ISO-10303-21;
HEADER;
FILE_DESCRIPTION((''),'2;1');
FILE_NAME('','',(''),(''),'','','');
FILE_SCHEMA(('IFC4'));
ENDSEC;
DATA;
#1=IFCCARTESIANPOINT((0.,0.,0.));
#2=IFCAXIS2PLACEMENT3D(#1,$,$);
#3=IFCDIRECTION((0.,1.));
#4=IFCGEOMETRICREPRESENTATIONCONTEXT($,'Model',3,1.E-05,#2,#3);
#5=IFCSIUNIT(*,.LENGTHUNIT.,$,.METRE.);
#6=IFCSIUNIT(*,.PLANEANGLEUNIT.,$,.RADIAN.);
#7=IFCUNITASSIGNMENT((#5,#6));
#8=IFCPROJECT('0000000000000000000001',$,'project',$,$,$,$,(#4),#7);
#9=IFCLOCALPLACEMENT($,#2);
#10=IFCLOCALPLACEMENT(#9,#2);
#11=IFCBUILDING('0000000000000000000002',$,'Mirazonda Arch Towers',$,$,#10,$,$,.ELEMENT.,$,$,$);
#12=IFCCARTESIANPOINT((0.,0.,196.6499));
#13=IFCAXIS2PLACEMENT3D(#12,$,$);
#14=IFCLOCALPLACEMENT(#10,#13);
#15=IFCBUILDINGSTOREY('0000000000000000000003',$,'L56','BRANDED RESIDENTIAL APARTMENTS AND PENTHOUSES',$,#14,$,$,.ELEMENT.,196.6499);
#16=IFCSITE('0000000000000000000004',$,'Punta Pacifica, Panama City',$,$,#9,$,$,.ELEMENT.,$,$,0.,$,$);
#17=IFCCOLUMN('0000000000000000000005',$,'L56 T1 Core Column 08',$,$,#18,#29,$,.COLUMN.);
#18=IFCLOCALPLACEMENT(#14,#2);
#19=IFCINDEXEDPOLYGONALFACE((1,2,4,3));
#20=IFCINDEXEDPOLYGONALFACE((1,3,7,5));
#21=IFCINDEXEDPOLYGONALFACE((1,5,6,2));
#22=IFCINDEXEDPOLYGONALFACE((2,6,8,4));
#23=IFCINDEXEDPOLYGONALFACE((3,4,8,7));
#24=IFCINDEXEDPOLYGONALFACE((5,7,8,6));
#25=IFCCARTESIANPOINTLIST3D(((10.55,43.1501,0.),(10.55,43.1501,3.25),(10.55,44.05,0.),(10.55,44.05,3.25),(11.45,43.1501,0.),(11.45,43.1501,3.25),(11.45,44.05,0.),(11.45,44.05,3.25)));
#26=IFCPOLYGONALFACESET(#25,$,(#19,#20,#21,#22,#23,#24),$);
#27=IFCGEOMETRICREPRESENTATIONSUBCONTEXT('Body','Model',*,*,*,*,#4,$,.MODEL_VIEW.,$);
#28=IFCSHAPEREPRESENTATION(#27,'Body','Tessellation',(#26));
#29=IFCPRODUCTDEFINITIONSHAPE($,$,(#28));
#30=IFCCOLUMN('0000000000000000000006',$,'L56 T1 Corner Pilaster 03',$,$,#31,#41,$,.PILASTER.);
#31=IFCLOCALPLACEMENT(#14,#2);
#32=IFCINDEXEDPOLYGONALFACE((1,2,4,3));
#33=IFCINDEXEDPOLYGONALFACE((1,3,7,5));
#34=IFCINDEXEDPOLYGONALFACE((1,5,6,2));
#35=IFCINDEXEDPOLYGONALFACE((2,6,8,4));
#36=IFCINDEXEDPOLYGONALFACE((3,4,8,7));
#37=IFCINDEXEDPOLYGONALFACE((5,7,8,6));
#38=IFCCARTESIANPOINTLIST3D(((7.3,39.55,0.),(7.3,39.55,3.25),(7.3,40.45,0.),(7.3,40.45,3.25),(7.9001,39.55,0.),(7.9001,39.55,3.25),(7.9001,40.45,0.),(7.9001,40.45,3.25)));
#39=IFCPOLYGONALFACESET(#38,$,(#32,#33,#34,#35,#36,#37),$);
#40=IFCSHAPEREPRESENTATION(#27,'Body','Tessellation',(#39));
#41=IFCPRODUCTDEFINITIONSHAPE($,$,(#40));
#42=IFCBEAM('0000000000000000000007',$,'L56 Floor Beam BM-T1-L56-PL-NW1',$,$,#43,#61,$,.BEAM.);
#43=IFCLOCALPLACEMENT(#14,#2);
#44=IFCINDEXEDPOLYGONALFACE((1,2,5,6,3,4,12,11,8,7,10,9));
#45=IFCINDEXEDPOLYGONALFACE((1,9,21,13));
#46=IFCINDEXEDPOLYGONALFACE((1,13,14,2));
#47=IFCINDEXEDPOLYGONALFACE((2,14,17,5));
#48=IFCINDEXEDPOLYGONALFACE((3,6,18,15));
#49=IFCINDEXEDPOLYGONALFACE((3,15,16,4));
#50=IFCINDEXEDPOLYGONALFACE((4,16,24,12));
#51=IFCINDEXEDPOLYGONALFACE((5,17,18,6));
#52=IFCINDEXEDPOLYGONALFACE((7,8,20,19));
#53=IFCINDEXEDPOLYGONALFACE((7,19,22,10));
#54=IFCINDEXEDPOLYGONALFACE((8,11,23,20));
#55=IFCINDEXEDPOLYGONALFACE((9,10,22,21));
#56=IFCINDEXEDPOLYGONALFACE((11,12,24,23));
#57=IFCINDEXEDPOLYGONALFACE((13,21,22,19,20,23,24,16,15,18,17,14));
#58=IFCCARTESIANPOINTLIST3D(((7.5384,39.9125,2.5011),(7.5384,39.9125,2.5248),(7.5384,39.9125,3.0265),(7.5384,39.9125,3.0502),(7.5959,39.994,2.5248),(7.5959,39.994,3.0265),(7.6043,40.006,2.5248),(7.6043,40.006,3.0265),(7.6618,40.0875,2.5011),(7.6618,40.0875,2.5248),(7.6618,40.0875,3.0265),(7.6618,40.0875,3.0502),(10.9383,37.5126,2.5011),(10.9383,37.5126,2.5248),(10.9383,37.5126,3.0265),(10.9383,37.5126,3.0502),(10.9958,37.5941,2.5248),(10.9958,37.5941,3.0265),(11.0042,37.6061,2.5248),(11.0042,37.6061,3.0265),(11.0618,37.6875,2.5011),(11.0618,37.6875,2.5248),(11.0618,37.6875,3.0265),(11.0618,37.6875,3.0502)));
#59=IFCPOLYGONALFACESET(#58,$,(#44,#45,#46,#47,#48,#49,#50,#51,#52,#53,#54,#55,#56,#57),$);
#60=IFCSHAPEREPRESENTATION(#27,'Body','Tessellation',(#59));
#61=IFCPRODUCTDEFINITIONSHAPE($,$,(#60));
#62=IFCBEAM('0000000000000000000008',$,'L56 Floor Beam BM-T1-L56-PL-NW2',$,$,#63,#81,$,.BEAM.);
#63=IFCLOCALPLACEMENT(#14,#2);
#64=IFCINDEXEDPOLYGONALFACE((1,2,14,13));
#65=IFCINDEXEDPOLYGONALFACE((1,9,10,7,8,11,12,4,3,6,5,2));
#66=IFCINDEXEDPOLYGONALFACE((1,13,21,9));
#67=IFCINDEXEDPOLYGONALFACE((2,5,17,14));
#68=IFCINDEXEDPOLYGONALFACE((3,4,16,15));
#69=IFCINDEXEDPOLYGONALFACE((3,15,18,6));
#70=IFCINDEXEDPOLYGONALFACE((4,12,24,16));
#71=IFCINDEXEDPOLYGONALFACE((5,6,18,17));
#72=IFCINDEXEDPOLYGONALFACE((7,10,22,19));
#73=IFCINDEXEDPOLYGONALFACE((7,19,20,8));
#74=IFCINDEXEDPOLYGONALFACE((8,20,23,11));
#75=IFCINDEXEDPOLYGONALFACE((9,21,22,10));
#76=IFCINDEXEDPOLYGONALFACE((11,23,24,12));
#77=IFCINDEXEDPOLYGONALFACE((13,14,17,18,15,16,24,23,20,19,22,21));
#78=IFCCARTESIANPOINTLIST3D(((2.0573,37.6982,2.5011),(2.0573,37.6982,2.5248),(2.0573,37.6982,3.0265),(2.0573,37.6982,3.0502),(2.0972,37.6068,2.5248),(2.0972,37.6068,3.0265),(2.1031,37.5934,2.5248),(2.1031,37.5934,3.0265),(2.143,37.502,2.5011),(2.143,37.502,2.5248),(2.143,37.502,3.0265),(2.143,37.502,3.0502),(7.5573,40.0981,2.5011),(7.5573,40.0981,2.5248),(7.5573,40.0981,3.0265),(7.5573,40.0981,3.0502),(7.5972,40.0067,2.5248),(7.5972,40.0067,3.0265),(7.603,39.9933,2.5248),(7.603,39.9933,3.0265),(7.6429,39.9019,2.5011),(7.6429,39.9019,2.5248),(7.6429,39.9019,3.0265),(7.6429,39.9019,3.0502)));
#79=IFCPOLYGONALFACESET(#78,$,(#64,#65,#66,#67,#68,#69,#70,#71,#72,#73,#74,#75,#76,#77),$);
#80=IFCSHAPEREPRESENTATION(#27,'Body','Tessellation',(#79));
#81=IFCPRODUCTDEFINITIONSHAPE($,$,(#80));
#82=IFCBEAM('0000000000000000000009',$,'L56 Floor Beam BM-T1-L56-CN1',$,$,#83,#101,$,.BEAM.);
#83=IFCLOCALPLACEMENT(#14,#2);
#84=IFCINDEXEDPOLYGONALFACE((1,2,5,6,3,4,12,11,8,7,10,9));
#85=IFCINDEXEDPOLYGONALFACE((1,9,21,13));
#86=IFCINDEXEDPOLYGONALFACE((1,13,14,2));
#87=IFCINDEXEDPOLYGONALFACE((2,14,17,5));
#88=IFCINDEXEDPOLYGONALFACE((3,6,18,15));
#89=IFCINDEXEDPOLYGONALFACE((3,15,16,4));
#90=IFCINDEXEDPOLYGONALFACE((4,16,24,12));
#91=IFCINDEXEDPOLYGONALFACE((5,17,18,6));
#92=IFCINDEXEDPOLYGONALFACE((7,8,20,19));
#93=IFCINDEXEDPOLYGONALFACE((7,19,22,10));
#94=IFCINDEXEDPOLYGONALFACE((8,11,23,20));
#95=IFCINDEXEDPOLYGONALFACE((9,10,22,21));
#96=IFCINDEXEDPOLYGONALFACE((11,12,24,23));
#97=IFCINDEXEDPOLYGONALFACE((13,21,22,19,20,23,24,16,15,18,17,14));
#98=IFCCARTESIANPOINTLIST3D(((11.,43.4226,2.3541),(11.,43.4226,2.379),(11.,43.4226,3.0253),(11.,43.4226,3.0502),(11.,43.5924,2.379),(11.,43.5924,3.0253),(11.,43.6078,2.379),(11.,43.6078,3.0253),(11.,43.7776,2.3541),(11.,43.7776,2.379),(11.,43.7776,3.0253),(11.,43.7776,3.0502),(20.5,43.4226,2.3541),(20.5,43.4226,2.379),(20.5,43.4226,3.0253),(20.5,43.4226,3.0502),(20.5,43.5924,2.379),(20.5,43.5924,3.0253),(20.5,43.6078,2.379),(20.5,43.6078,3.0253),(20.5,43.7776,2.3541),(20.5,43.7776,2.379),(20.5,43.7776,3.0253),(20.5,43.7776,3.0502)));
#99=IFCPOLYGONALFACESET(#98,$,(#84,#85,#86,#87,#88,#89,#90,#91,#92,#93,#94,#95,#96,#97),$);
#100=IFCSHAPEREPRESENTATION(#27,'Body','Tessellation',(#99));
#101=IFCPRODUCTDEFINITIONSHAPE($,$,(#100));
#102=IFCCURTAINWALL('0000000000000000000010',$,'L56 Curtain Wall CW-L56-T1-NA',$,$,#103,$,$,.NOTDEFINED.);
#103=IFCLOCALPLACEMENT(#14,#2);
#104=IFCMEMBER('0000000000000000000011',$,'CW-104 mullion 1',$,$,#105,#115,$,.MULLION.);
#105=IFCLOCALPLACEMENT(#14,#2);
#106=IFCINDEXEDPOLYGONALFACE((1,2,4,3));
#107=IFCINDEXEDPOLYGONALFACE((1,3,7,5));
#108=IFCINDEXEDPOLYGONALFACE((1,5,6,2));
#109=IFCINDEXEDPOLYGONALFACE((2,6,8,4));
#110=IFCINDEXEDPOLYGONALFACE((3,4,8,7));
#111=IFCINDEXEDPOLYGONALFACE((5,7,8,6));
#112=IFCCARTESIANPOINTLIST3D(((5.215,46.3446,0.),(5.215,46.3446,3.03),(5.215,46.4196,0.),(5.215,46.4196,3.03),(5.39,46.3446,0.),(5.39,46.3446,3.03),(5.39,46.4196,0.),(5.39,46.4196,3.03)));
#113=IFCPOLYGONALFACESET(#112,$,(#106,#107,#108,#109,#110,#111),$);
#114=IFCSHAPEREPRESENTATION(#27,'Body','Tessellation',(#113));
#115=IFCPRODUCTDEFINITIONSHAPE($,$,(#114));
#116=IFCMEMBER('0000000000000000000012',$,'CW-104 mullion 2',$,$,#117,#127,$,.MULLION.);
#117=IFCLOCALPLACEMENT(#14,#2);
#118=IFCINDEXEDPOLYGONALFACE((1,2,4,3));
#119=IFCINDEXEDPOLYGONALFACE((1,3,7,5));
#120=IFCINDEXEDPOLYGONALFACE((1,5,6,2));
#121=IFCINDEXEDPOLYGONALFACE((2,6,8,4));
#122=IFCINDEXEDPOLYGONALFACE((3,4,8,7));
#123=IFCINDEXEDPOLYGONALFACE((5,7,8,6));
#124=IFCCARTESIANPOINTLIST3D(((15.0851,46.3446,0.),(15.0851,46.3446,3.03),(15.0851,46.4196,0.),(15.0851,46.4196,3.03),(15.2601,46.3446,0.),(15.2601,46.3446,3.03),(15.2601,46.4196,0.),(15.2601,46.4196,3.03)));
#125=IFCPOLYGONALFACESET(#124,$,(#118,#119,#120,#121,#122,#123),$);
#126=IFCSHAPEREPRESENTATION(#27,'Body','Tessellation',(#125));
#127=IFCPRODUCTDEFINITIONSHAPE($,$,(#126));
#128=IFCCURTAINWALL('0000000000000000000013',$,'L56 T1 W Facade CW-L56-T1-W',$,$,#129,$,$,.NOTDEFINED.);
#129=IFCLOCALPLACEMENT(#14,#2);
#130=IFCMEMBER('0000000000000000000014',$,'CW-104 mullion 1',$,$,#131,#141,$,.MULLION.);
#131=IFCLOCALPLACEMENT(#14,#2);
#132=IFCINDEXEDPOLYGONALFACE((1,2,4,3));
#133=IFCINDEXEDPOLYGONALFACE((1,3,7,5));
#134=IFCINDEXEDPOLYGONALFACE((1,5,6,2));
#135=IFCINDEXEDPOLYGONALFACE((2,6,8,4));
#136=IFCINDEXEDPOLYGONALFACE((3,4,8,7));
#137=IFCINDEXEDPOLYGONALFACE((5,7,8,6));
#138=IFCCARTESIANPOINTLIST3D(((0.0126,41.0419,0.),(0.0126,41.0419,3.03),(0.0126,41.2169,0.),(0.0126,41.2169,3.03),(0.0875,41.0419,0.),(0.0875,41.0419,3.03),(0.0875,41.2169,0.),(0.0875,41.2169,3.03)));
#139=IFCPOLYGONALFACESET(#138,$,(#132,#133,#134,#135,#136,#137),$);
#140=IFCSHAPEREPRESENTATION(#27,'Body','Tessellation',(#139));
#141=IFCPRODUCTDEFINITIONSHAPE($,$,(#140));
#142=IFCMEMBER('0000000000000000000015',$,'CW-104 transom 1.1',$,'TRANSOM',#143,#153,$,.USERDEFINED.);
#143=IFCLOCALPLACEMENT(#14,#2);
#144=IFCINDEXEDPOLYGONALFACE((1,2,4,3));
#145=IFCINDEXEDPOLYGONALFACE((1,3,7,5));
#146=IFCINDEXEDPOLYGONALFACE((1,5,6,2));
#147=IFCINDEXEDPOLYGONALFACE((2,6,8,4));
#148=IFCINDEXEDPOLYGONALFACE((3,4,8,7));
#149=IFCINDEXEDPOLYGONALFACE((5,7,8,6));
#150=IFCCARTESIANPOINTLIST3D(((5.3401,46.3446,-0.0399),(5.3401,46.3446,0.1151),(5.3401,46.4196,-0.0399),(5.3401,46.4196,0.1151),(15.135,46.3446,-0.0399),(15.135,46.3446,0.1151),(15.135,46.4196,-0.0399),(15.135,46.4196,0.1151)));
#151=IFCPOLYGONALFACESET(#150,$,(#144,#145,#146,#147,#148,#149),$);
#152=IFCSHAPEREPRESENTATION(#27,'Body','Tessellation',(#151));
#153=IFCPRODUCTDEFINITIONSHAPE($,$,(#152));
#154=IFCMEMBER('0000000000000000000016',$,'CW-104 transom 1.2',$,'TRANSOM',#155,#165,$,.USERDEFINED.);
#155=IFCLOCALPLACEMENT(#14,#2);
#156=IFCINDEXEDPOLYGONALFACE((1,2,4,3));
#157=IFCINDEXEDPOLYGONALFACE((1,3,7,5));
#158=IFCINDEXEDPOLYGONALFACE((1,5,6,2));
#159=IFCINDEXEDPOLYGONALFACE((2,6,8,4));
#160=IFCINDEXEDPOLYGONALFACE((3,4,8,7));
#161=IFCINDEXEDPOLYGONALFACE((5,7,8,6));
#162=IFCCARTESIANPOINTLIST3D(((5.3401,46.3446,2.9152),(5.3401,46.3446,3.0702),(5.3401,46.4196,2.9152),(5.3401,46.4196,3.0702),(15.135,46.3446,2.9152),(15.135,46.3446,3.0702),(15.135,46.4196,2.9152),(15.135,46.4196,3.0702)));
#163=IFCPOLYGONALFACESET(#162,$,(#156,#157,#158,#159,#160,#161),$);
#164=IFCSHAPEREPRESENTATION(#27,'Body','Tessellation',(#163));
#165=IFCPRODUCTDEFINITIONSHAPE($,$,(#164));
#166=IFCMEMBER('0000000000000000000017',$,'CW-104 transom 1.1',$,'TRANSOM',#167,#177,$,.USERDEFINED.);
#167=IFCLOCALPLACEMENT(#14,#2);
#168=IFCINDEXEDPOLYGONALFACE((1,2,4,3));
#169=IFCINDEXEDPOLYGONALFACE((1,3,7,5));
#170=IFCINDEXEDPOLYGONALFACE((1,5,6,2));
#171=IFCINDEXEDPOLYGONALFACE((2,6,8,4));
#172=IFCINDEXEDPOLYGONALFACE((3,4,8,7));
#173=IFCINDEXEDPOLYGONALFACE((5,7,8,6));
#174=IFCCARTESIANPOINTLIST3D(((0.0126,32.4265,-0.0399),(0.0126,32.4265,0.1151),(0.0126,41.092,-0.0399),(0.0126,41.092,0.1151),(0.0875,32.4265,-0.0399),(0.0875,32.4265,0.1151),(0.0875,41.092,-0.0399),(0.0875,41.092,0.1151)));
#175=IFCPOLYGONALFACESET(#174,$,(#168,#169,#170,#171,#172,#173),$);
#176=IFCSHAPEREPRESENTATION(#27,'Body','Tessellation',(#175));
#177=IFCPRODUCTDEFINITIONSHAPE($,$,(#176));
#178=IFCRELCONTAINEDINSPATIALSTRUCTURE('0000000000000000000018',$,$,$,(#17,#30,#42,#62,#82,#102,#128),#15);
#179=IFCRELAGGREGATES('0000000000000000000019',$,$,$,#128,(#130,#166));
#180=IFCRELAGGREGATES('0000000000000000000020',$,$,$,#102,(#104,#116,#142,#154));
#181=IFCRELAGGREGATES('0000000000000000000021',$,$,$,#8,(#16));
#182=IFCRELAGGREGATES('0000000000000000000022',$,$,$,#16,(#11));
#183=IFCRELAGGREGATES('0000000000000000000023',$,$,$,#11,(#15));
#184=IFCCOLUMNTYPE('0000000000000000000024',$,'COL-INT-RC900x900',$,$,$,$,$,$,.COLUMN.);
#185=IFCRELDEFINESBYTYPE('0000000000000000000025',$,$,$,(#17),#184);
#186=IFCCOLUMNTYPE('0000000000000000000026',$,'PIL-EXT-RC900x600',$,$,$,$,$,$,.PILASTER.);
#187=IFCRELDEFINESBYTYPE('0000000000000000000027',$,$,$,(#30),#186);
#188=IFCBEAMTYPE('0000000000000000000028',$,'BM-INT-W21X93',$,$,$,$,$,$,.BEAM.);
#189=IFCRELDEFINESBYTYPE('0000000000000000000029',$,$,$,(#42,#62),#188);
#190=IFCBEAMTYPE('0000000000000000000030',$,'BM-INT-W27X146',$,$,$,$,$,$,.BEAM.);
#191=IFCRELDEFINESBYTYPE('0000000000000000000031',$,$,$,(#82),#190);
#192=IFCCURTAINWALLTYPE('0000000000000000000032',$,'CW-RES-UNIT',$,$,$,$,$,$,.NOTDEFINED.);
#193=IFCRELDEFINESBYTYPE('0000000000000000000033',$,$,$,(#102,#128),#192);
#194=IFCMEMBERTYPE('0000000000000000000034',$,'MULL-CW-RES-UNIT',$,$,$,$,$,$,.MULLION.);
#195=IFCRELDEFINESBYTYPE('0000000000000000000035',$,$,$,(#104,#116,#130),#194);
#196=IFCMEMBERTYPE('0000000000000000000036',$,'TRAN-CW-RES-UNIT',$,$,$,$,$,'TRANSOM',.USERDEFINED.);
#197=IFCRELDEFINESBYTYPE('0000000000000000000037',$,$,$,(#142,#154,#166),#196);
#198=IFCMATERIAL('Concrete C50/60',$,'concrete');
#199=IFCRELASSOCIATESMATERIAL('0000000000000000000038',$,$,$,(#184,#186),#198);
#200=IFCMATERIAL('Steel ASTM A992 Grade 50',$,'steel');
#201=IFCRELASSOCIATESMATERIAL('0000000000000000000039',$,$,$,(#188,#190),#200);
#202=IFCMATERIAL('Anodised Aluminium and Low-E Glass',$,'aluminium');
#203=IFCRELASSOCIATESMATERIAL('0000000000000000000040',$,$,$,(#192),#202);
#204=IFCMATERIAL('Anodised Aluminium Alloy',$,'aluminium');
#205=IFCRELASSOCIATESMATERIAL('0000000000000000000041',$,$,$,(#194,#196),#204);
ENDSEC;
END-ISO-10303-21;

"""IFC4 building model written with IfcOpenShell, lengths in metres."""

from ifc_helpers import new_model, si_unit, direction, frame, origin, origin_2d, place, context, subcontext, project, spatial, rectangle, i_section, extrude, material, material_profile, profile_set, type_object, element, aggregate, save


model = new_model("IFC4")

# Units and contexts
model_context = context("Model", 3, precision=1e-05, world=origin(), true_north=direction((0.0, 1.0)))
body_context = subcontext(model_context, "Body", "Model", "MODEL_VIEW")
ifc_project = project(units=[si_unit("LENGTHUNIT", "METRE"), si_unit("PLANEANGLEUNIT", "RADIAN")], contexts=[model_context])

# Site, building, storey
site_placement = place(None, origin())
site = spatial("IfcSite", under=ifc_project, at=site_placement, Name="Punta Pacifica, Panama City", CompositionType="ELEMENT", RefElevation=0.0)
building_placement = place(site_placement, origin())
building = spatial("IfcBuilding", under=site, at=building_placement, Name="Mirazonda Arch Towers", CompositionType="ELEMENT")
storey_placement = place(building_placement, frame((0.0, 0.0, 196.6499)))
storey = spatial("IfcBuildingStorey", under=building, at=storey_placement, Name="L56", Description="BRANDED RESIDENTIAL APARTMENTS AND PENTHOUSES", CompositionType="ELEMENT", Elevation=196.6499)

# Columns
ifc_material_1 = material(Name="Concrete C50/60", Category="concrete")
ifc_material_profile_1 = material_profile(ifc_material_1, rectangle(XDim=0.8999, YDim=0.8999, at=origin_2d()), Name="RC900x900")
ifc_profile_set_1 = profile_set([ifc_material_profile_1], Name="Concrete C50/60")
column_type_1 = type_object("IfcColumnType", Name="COL-INT-RC900x900", PredefinedType="COLUMN", material=ifc_profile_set_1)
column_1_placement = place(storey_placement, frame((11.0, 43.6001, 0.0), z_axis=(0.0, 0.0, 1.0), x_axis=(1.0, 0.0, 0.0)))
element("IfcColumn", 1, at=column_1_placement, inside=storey, type_object=column_type_1, Name="L56 T1 Core Column 08", PredefinedType="COLUMN", context=body_context, shape_type="SweptSolid", body=[
    extrude(rectangle(XDim=0.8999, YDim=0.8999, at=origin_2d()), origin(), (0.0, 0.0, 1.0), 3.25),
])
ifc_material_profile_2 = material_profile(ifc_material_1, rectangle(XDim=0.6001, YDim=0.8999, at=origin_2d()), Name="RC900x600")
ifc_profile_set_2 = profile_set([ifc_material_profile_2], Name="Concrete C50/60")
column_type_2 = type_object("IfcColumnType", Name="PIL-EXT-RC900x600", PredefinedType="PILASTER", material=ifc_profile_set_2)
column_2_placement = place(storey_placement, frame((7.6001, 40.0, 0.0), z_axis=(0.0, 0.0, 1.0), x_axis=(1.0, 0.0, 0.0)))
element("IfcColumn", 2, at=column_2_placement, inside=storey, type_object=column_type_2, Name="L56 T1 Corner Pilaster 03", PredefinedType="PILASTER", context=body_context, shape_type="SweptSolid", body=[
    extrude(rectangle(XDim=0.6001, YDim=0.8999, at=origin_2d()), origin(), (0.0, 0.0, 1.0), 3.25),
])

# Beams
ifc_material_2 = material(Name="Steel ASTM A992 Grade 50", Category="steel")
ifc_material_profile_3 = material_profile(ifc_material_2, i_section(OverallWidth=0.2141, OverallDepth=0.5491, WebThickness=0.0146, FlangeThickness=0.0237, at=origin_2d()), Name="W21X93")
ifc_profile_set_3 = profile_set([ifc_material_profile_3], Name="Steel ASTM A992 Grade 50")
beam_type_1 = type_object("IfcBeamType", Name="BM-INT-W21X93", PredefinedType="BEAM", material=ifc_profile_set_3)
beam_1_placement = place(storey_placement, frame((7.6001, 40.0, 2.7756), z_axis=(0.816971, -0.576679, 0.0), x_axis=(0.576679, 0.816971, 0.0)))
element("IfcBeam", 3, at=beam_1_placement, inside=storey, type_object=beam_type_1, Name="L56 Floor Beam BM-T1-L56-PL-NW1", PredefinedType="BEAM", context=body_context, shape_type="SweptSolid", body=[
    extrude(i_section(OverallWidth=0.2141, OverallDepth=0.5491, WebThickness=0.0146, FlangeThickness=0.0237, at=origin_2d()), origin(), (0.0, 0.0, 1.0), 4.1616),
])
beam_2_placement = place(storey_placement, frame((7.6001, 40.0, 2.7756), z_axis=(-0.916545, -0.399931, 0.0), x_axis=(0.399931, -0.916545, 0.0)))
element("IfcBeam", 4, at=beam_2_placement, inside=storey, type_object=beam_type_1, Name="L56 Floor Beam BM-T1-L56-PL-NW2", PredefinedType="BEAM", context=body_context, shape_type="SweptSolid", body=[
    extrude(i_section(OverallWidth=0.2141, OverallDepth=0.5491, WebThickness=0.0146, FlangeThickness=0.0237, at=origin_2d()), origin(), (0.0, 0.0, 1.0), 6.0007),
])
ifc_material_profile_4 = material_profile(ifc_material_2, i_section(OverallWidth=0.355, OverallDepth=0.696, WebThickness=0.0154, FlangeThickness=0.0249, at=origin_2d()), Name="W27X146")
ifc_profile_set_4 = profile_set([ifc_material_profile_4], Name="Steel ASTM A992 Grade 50")
beam_type_2 = type_object("IfcBeamType", Name="BM-INT-W27X146", PredefinedType="BEAM", material=ifc_profile_set_4)
beam_3_placement = place(storey_placement, frame((11.0, 43.6001, 2.7021), z_axis=(1.0, 0.0, 0.0), x_axis=(0.0, 1.0, 0.0)))
element("IfcBeam", 5, at=beam_3_placement, inside=storey, type_object=beam_type_2, Name="L56 Floor Beam BM-T1-L56-CN1", PredefinedType="BEAM", context=body_context, shape_type="SweptSolid", body=[
    extrude(i_section(OverallWidth=0.355, OverallDepth=0.696, WebThickness=0.0154, FlangeThickness=0.0249, at=origin_2d()), origin(), (0.0, 0.0, 1.0), 9.5),
])

# Curtain wall, members
ifc_material_3 = material(Name="Anodised Aluminium and Low-E Glass", Category="aluminium")
curtain_wall_type = type_object("IfcCurtainWallType", Name="CW-RES-UNIT", PredefinedType="NOTDEFINED", material=ifc_material_3)
curtain_wall_1_placement = place(storey_placement, origin())
curtain_wall_1 = element("IfcCurtainWall", 6, at=curtain_wall_1_placement, inside=storey, type_object=curtain_wall_type, Name="L56 Curtain Wall CW-L56-T1-NA", PredefinedType="NOTDEFINED")
ifc_material_4 = material(Name="Anodised Aluminium Alloy", Category="aluminium")
ifc_material_profile_5 = material_profile(ifc_material_4, rectangle(XDim=0.075, YDim=0.175, at=origin_2d()), Name="ALU-MULL-75x175")
ifc_profile_set_5 = profile_set([ifc_material_profile_5], Name="Anodised Aluminium Alloy")
member_type_1 = type_object("IfcMemberType", Name="MULL-CW-RES-UNIT", PredefinedType="MULLION", material=ifc_profile_set_5)
member_1_placement = place(storey_placement, frame((5.3025, 46.3821, 0.0), z_axis=(0.0, 0.0, 1.0), x_axis=(0.0, 1.0, 0.0)))
member_1 = element("IfcMember", 7, at=member_1_placement, type_object=member_type_1, Name="CW-104 mullion 1", PredefinedType="MULLION", context=body_context, shape_type="SweptSolid", body=[
    extrude(rectangle(XDim=0.075, YDim=0.175, at=origin_2d()), origin(), (0.0, 0.0, 1.0), 3.03),
])
member_2_placement = place(storey_placement, frame((15.1726, 46.3821, 0.0), z_axis=(0.0, 0.0, 1.0), x_axis=(0.0, 1.0, 0.0)))
member_2 = element("IfcMember", 8, at=member_2_placement, type_object=member_type_1, Name="CW-104 mullion 2", PredefinedType="MULLION", context=body_context, shape_type="SweptSolid", body=[
    extrude(rectangle(XDim=0.075, YDim=0.175, at=origin_2d()), origin(), (0.0, 0.0, 1.0), 3.03),
])

# Curtain wall, member
curtain_wall_2_placement = place(storey_placement, origin())
curtain_wall_2 = element("IfcCurtainWall", 9, at=curtain_wall_2_placement, inside=storey, type_object=curtain_wall_type, Name="L56 T1 W Facade CW-L56-T1-W", PredefinedType="NOTDEFINED")
member_3_placement = place(storey_placement, frame((0.05, 41.1294, 0.0), z_axis=(0.0, 0.0, 1.0), x_axis=(1.0, 0.0, 0.0)))
member_3 = element("IfcMember", 10, at=member_3_placement, type_object=member_type_1, Name="CW-104 mullion 1", PredefinedType="MULLION", context=body_context, shape_type="SweptSolid", body=[
    extrude(rectangle(XDim=0.075, YDim=0.175, at=origin_2d()), origin(), (0.0, 0.0, 1.0), 3.03),
])

# Members
ifc_material_profile_6 = material_profile(ifc_material_4, rectangle(XDim=0.075, YDim=0.155, at=origin_2d()), Name="ALU-TRAN-75x155")
ifc_profile_set_6 = profile_set([ifc_material_profile_6], Name="Anodised Aluminium Alloy")
member_type_2 = type_object("IfcMemberType", Name="TRAN-CW-RES-UNIT", ElementType="TRANSOM", PredefinedType="USERDEFINED", material=ifc_profile_set_6)
member_4_placement = place(storey_placement, frame((5.3401, 46.3821, 0.0376), z_axis=(1.0, 0.0, 0.0), x_axis=(0.0, 1.0, 0.0)))
member_4 = element("IfcMember", 11, at=member_4_placement, type_object=member_type_2, Name="CW-104 transom 1.1", ObjectType="TRANSOM", PredefinedType="USERDEFINED", context=body_context, shape_type="SweptSolid", body=[
    extrude(rectangle(XDim=0.075, YDim=0.155, at=origin_2d()), origin(), (0.0, 0.0, 1.0), 9.7949),
])
member_5_placement = place(storey_placement, frame((5.3401, 46.3821, 2.9927), z_axis=(1.0, 0.0, 0.0), x_axis=(0.0, 1.0, 0.0)))
member_5 = element("IfcMember", 12, at=member_5_placement, type_object=member_type_2, Name="CW-104 transom 1.2", ObjectType="TRANSOM", PredefinedType="USERDEFINED", context=body_context, shape_type="SweptSolid", body=[
    extrude(rectangle(XDim=0.075, YDim=0.155, at=origin_2d()), origin(), (0.0, 0.0, 1.0), 9.7949),
])
member_6_placement = place(storey_placement, frame((0.05, 41.092, 0.0376), z_axis=(0.0, -1.0, 0.0), x_axis=(1.0, 0.0, 0.0)))
member_6 = element("IfcMember", 13, at=member_6_placement, type_object=member_type_2, Name="CW-104 transom 1.1", ObjectType="TRANSOM", PredefinedType="USERDEFINED", context=body_context, shape_type="SweptSolid", body=[
    extrude(rectangle(XDim=0.075, YDim=0.155, at=origin_2d()), origin(), (0.0, 0.0, 1.0), 8.6655),
])
aggregate(curtain_wall_2, [member_3, member_6])

aggregate(curtain_wall_1, [member_1, member_2, member_4, member_5])

save(model, "model.ifc")
